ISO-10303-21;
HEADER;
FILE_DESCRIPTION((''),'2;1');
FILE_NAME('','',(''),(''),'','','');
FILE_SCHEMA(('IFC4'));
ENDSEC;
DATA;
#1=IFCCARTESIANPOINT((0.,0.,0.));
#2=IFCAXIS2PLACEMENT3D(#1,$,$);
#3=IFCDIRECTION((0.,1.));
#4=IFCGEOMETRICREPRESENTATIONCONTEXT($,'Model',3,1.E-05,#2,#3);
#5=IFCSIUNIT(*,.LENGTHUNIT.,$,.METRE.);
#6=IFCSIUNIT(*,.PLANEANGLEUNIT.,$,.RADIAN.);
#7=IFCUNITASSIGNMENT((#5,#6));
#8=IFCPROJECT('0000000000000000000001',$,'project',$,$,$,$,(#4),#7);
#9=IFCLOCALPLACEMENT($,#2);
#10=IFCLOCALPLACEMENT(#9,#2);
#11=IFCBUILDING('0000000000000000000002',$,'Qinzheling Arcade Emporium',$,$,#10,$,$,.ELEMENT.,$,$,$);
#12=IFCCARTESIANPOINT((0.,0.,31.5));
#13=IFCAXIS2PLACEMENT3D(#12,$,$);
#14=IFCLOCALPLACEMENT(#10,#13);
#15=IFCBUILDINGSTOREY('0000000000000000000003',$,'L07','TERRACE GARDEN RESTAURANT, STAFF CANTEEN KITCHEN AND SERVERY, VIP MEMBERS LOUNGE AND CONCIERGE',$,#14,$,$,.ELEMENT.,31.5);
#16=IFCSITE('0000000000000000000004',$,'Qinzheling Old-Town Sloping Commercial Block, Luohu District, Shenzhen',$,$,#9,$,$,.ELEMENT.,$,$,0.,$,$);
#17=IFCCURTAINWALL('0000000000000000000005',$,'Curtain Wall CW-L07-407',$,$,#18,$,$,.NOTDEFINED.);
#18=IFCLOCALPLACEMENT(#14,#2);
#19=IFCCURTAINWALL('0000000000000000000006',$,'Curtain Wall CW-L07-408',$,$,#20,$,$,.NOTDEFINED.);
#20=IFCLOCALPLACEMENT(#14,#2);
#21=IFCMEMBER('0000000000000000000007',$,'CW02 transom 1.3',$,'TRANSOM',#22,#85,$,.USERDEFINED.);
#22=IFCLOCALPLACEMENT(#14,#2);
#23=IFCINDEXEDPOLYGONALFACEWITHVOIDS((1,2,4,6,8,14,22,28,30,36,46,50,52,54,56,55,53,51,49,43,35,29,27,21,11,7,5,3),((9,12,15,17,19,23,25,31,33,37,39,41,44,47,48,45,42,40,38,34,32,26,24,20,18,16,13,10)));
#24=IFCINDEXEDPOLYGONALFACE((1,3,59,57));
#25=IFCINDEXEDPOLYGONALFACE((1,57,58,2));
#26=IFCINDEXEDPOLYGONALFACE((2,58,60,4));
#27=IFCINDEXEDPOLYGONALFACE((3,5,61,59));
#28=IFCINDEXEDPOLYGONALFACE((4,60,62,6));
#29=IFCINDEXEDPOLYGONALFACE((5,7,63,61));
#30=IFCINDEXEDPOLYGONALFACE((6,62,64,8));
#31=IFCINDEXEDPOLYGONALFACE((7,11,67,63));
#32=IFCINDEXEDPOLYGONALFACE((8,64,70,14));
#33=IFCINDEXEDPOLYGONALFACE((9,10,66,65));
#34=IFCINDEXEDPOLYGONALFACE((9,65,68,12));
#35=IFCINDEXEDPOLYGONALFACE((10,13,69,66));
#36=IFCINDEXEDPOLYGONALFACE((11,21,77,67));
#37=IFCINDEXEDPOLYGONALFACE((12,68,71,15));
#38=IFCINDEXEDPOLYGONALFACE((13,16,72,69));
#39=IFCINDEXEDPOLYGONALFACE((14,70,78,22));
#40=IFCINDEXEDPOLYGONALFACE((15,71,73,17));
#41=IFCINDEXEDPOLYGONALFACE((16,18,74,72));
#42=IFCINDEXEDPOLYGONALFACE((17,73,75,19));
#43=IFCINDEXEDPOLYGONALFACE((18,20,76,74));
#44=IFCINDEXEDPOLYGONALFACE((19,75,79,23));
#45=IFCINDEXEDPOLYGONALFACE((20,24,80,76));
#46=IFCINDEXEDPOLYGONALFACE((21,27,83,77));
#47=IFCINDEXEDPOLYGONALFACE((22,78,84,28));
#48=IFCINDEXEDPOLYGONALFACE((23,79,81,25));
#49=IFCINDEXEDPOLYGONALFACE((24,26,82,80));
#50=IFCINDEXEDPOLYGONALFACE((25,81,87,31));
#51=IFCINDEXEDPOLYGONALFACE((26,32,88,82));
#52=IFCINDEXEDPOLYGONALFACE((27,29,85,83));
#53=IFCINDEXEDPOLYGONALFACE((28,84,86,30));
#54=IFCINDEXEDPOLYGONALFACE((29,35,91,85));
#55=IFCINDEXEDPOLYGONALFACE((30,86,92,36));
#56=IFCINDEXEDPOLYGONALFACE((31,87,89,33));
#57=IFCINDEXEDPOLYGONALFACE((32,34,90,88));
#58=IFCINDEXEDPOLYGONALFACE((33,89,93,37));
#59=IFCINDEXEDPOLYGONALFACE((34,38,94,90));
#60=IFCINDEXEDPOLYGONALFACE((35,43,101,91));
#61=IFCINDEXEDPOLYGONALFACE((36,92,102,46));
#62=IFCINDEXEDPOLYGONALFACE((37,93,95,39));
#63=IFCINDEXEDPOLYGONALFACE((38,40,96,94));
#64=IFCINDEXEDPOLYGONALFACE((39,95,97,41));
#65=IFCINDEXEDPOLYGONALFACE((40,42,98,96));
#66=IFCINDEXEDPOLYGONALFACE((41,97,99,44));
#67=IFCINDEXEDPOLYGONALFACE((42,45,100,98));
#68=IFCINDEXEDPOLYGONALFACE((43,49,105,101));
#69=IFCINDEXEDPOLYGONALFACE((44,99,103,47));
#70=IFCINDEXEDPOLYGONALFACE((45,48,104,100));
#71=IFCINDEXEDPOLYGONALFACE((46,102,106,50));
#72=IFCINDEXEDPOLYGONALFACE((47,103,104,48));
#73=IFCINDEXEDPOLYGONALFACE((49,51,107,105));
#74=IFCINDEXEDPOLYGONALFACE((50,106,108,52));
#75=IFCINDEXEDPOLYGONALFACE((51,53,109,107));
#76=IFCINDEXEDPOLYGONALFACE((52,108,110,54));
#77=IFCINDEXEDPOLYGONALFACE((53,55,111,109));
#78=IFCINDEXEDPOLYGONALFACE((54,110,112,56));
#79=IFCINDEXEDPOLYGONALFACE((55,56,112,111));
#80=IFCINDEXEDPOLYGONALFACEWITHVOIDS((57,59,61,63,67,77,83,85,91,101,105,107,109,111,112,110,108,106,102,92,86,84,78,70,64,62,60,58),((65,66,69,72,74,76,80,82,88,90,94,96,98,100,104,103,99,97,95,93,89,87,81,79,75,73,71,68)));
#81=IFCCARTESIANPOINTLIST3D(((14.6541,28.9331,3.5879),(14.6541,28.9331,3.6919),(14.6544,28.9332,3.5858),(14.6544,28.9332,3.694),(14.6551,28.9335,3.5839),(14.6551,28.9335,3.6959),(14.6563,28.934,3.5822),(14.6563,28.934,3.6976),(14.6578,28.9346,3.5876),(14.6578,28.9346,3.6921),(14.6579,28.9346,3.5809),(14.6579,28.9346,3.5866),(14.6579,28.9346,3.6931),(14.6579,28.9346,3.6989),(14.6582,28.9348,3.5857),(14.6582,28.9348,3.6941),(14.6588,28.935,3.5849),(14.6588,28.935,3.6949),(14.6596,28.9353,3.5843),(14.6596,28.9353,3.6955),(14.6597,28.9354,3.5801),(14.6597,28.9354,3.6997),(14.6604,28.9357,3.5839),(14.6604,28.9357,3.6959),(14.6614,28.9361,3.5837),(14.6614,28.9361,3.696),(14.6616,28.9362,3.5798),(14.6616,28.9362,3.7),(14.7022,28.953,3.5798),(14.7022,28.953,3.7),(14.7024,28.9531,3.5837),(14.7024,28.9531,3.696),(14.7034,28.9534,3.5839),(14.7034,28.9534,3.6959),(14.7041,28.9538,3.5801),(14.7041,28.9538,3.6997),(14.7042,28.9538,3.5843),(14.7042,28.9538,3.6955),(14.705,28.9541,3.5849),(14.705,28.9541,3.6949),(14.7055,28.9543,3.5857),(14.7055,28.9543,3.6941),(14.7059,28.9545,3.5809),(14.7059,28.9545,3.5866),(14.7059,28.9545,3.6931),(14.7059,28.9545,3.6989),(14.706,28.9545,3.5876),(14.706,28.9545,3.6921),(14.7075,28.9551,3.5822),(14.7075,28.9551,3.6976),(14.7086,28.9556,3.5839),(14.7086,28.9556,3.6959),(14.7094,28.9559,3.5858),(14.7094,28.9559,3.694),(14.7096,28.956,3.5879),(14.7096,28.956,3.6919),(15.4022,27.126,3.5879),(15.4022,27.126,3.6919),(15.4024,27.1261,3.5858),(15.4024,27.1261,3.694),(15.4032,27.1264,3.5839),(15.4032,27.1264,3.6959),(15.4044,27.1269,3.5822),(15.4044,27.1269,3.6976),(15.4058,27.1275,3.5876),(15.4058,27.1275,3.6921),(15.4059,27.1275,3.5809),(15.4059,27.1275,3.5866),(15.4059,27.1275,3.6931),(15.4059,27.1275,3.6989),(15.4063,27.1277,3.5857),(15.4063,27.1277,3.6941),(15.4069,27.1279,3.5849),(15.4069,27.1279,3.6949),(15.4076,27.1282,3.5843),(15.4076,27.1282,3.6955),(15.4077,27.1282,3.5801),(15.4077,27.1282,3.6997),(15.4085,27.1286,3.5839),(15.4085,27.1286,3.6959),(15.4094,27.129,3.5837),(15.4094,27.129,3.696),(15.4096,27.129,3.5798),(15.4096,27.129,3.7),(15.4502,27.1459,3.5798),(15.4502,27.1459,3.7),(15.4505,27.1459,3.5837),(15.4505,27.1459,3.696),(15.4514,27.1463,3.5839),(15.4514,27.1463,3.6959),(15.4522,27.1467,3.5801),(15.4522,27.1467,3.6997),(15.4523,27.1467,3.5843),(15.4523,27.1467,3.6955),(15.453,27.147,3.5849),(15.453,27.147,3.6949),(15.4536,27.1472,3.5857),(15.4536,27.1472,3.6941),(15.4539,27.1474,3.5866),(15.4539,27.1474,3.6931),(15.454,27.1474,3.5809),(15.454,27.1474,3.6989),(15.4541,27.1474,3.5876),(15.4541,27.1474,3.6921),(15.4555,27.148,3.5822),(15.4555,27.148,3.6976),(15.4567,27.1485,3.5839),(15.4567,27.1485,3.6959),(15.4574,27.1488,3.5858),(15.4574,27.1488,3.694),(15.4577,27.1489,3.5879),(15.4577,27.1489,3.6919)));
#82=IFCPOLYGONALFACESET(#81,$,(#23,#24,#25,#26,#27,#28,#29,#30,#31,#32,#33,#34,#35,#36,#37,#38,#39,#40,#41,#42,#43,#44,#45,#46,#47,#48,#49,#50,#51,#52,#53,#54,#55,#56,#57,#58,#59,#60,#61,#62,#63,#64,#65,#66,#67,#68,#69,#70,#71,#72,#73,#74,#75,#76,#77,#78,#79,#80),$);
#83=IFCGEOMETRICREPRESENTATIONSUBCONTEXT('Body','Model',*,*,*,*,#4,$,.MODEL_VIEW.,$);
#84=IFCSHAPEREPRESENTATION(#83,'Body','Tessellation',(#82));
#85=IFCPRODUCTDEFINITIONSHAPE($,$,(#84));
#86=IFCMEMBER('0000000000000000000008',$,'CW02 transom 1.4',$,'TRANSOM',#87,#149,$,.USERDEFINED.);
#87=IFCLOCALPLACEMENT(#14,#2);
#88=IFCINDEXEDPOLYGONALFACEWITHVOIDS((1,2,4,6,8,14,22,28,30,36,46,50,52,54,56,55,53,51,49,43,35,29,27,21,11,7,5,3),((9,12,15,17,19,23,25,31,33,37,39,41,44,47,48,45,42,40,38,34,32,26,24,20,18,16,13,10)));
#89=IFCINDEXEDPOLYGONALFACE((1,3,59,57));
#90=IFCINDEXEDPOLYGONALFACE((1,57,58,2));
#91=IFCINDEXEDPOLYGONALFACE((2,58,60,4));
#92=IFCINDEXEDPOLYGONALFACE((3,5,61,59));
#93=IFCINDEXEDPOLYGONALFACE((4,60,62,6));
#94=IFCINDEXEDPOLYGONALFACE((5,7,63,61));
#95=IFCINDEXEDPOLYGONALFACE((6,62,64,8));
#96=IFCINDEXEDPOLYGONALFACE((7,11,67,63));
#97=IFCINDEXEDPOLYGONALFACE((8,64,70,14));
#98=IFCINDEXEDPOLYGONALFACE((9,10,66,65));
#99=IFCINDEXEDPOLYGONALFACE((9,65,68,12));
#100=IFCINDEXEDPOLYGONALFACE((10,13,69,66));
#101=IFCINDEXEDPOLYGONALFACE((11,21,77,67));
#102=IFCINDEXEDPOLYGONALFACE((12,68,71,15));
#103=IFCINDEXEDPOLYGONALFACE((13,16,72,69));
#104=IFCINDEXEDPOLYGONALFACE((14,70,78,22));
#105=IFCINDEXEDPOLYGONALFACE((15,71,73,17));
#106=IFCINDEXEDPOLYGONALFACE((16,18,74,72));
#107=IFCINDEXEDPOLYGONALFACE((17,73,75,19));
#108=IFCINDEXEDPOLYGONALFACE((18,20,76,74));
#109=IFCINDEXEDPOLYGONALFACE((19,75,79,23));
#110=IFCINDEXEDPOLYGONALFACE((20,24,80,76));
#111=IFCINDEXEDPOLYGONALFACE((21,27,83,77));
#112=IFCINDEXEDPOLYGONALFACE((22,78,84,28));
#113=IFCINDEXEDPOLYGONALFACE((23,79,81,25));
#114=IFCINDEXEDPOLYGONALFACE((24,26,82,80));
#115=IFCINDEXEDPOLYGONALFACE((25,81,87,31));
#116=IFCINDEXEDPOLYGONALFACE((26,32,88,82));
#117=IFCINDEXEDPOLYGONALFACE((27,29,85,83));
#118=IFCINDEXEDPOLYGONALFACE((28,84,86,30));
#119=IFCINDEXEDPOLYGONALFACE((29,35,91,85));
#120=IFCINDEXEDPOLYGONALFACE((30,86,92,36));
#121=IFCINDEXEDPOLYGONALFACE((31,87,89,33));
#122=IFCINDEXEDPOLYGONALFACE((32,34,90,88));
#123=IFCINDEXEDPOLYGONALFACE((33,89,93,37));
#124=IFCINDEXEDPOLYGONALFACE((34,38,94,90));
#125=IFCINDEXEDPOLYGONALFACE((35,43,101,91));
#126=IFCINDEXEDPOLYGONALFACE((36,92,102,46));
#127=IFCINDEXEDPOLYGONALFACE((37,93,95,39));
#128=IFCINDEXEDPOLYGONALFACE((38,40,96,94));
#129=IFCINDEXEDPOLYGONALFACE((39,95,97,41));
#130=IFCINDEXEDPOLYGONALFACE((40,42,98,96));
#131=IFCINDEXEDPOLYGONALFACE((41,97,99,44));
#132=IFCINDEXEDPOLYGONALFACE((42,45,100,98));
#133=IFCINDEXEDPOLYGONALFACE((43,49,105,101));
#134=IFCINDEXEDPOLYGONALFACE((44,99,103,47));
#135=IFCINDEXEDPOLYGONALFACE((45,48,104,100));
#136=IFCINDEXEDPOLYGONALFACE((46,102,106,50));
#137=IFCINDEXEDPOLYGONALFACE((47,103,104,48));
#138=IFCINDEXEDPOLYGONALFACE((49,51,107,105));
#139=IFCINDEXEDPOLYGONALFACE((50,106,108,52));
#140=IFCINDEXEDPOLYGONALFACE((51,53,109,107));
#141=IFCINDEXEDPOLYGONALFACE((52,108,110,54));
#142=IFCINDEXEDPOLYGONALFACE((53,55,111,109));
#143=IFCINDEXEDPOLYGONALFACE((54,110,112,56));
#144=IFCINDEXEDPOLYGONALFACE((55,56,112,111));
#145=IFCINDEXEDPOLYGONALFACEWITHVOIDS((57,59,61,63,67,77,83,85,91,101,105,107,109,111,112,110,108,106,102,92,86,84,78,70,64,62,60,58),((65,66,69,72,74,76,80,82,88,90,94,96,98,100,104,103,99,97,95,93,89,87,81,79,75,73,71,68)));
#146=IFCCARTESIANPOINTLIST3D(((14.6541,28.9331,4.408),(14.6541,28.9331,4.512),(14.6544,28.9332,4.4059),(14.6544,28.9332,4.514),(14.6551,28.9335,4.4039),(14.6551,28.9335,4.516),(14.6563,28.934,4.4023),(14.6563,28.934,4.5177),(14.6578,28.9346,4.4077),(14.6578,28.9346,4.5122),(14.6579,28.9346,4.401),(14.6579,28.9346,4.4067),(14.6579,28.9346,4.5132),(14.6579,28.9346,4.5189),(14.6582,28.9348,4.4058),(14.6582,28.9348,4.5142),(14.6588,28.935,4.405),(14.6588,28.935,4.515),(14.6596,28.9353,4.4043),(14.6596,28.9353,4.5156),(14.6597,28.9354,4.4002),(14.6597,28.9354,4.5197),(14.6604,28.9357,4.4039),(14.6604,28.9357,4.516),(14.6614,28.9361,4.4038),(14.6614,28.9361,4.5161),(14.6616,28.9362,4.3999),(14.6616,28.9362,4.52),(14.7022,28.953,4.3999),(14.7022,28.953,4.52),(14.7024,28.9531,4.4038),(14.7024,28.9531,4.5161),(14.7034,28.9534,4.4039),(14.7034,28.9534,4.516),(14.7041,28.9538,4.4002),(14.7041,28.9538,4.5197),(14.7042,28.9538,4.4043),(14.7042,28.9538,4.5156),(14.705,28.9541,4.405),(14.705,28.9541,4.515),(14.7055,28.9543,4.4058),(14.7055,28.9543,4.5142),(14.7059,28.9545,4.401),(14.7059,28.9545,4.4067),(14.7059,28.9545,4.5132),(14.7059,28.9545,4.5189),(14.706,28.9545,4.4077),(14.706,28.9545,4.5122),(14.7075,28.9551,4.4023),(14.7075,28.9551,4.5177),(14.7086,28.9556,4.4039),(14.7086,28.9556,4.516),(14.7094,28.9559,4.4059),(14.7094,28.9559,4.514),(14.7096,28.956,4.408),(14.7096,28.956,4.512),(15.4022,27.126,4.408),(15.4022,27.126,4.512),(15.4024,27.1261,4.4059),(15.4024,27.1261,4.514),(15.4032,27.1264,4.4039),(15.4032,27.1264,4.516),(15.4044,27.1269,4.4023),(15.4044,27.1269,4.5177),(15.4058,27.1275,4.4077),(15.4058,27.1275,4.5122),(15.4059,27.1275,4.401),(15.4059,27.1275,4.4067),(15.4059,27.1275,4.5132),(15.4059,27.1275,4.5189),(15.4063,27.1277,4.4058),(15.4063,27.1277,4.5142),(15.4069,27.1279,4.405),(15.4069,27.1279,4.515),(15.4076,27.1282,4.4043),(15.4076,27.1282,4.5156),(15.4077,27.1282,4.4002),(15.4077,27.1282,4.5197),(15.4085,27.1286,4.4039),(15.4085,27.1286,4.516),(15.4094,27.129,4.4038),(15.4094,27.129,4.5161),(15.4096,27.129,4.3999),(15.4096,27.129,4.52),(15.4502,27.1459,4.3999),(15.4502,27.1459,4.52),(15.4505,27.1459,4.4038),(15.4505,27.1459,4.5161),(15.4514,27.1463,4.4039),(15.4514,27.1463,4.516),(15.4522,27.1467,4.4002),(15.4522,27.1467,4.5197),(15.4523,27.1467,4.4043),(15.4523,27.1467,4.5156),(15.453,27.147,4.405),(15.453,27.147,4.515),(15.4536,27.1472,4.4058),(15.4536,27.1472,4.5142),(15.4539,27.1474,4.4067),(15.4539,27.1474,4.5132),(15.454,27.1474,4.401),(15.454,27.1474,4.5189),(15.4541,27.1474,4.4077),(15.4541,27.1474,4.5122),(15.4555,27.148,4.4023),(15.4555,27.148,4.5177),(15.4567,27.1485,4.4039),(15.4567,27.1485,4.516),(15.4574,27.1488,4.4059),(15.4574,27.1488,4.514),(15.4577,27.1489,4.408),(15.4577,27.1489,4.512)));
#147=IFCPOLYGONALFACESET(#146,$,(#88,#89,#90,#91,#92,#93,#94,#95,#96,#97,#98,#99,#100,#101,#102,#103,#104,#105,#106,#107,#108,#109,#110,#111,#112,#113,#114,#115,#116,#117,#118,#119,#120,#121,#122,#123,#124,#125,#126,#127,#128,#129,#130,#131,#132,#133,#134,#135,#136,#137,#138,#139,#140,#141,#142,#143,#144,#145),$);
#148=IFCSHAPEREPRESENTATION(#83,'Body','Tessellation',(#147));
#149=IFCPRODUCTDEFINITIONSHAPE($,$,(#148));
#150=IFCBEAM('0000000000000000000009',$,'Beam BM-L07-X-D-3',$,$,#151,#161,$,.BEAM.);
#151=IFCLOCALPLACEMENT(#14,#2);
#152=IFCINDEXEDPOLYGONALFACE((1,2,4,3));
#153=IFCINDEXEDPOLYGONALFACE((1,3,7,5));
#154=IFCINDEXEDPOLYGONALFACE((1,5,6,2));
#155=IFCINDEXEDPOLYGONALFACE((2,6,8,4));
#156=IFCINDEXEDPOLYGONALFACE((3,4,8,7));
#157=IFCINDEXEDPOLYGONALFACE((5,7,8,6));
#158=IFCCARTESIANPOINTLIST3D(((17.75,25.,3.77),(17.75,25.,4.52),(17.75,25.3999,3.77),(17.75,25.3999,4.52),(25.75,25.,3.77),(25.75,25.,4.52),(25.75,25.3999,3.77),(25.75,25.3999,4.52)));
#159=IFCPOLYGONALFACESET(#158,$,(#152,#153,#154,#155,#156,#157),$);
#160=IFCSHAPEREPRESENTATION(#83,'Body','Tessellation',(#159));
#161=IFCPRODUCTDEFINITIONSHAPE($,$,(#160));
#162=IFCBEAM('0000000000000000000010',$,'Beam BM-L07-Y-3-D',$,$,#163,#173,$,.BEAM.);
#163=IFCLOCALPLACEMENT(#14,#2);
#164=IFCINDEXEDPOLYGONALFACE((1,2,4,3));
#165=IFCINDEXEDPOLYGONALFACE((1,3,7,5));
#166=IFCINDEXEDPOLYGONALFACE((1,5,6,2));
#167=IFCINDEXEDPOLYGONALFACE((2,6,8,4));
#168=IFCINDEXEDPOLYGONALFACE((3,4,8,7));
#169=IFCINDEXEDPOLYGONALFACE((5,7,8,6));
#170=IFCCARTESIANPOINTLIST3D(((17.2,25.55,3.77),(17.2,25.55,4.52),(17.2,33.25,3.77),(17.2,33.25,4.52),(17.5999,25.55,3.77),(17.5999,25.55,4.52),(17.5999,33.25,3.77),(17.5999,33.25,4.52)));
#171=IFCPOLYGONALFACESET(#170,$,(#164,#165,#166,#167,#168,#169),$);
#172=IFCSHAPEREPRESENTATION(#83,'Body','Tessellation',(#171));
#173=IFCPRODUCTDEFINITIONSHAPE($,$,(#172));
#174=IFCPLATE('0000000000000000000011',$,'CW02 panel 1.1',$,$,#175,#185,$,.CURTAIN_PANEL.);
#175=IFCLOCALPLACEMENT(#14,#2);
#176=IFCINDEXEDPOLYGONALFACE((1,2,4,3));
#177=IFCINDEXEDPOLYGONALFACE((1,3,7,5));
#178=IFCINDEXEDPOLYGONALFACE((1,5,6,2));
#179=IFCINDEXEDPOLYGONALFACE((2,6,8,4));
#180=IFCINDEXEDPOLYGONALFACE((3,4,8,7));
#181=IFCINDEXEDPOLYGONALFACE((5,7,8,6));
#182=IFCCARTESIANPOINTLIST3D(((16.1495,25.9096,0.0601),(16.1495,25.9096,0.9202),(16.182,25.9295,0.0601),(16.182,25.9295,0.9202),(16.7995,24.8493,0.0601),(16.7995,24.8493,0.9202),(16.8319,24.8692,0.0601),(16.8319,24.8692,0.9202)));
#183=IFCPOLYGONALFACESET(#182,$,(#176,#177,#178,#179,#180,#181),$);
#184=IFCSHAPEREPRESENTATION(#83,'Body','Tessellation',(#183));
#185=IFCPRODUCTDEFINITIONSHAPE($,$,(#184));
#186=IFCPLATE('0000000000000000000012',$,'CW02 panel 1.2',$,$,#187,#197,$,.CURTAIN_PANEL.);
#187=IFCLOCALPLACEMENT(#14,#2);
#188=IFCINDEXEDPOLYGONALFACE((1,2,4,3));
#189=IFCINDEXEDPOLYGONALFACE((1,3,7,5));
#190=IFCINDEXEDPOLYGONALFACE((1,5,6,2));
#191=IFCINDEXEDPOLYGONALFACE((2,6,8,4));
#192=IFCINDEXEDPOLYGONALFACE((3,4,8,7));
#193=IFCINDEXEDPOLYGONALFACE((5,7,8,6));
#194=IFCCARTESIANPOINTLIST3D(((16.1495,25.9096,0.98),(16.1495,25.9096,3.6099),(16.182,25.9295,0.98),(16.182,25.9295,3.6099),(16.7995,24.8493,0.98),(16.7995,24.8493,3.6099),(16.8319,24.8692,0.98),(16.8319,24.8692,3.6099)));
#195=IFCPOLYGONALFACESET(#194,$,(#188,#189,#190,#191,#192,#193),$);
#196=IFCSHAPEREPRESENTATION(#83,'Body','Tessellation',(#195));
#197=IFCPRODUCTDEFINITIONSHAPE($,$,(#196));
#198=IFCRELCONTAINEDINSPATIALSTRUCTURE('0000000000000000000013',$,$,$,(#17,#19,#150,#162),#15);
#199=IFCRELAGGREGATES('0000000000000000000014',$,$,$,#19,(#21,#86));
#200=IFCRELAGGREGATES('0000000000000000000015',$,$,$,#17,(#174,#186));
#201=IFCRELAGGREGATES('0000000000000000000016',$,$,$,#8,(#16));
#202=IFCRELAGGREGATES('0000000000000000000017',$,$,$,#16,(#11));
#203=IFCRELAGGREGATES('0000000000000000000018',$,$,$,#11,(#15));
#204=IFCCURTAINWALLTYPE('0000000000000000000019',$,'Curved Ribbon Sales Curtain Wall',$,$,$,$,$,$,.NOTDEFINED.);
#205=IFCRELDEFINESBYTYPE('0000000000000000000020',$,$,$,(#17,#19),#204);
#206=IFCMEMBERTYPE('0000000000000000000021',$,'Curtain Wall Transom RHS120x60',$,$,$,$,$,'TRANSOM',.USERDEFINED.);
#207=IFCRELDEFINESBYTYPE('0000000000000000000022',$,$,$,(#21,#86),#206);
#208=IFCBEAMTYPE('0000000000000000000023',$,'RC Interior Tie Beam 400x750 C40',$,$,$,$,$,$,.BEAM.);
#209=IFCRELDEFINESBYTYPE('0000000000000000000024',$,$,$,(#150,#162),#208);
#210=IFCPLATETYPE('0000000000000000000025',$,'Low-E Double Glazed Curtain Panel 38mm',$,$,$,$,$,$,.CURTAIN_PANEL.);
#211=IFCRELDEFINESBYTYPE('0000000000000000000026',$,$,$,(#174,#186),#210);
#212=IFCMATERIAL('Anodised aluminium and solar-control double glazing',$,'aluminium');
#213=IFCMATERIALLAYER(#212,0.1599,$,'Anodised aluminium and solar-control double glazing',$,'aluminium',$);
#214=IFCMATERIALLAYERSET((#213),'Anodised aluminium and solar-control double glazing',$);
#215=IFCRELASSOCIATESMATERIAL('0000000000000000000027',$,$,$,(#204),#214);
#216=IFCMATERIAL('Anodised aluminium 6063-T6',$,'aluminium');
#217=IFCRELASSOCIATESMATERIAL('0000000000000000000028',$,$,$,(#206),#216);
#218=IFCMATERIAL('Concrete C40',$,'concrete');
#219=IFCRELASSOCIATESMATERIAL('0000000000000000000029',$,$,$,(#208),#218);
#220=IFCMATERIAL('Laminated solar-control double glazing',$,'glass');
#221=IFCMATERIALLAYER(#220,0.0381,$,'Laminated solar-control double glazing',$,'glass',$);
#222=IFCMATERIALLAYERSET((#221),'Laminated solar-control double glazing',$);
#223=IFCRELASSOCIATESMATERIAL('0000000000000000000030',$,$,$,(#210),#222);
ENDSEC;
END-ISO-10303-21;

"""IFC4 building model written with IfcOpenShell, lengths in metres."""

from ifc_helpers import new_model, si_unit, direction, frame, origin, origin_2d, place, context, subcontext, project, spatial, rectangle, hollow_rectangle, extrude, material, layer, layer_set, material_profile, profile_set, type_object, element, aggregate, save


model = new_model("IFC4")

# Units and contexts
model_context = context("Model", 3, precision=1e-05, world=origin(), true_north=direction((0.0, 1.0)))
body_context = subcontext(model_context, "Body", "Model", "MODEL_VIEW")
ifc_project = project(units=[si_unit("LENGTHUNIT", "METRE"), si_unit("PLANEANGLEUNIT", "RADIAN")], contexts=[model_context])

# Site, building, storey
site_placement = place(None, origin())
site = spatial("IfcSite", under=ifc_project, at=site_placement, Name="Qinzheling Old-Town Sloping Commercial Block, Luohu District, Shenzhen", CompositionType="ELEMENT", RefElevation=0.0)
building_placement = place(site_placement, origin())
building = spatial("IfcBuilding", under=site, at=building_placement, Name="Qinzheling Arcade Emporium", CompositionType="ELEMENT")
storey_placement = place(building_placement, frame((0.0, 0.0, 31.5)))
storey = spatial("IfcBuildingStorey", under=building, at=storey_placement, Name="L07", Description="TERRACE GARDEN RESTAURANT, STAFF CANTEEN KITCHEN AND SERVERY, VIP MEMBERS LOUNGE AND CONCIERGE", CompositionType="ELEMENT", Elevation=31.5)

# Shared definitions
ifc_material_1 = material(Name="Concrete C40", Category="concrete")

# Curtain wall
ifc_material_2 = material(Name="Anodised aluminium and solar-control double glazing", Category="aluminium")
ifc_layer_1 = layer(ifc_material_2, 0.1599, Name="Anodised aluminium and solar-control double glazing", Category="aluminium")
ifc_layer_set_1 = layer_set([ifc_layer_1], Name="Anodised aluminium and solar-control double glazing")
curtain_wall_type = type_object("IfcCurtainWallType", Name="Curved Ribbon Sales Curtain Wall", PredefinedType="NOTDEFINED", material=ifc_layer_set_1)
curtain_wall_1_placement = place(storey_placement, origin())
curtain_wall_1 = element("IfcCurtainWall", 1, at=curtain_wall_1_placement, inside=storey, type_object=curtain_wall_type, Name="Curtain Wall CW-L07-407", PredefinedType="NOTDEFINED")
ifc_material_3 = material(Name="Anodised aluminium 6063-T6", Category="aluminium")

# Curtain wall
curtain_wall_2_placement = place(storey_placement, origin())
curtain_wall_2 = element("IfcCurtainWall", 2, at=curtain_wall_2_placement, inside=storey, type_object=curtain_wall_type, Name="Curtain Wall CW-L07-408", PredefinedType="NOTDEFINED")

# Members
ifc_material_profile_1 = material_profile(ifc_material_3, hollow_rectangle(XDim=0.0601, YDim=0.1201, WallThickness=0.0039, InnerFilletRadius=0.0039, OuterFilletRadius=0.0081, at=origin_2d()), Name="RHS 120x60x4", Category="aluminium")
ifc_profile_set_1 = profile_set([ifc_material_profile_1], Name="Anodised aluminium 6063-T6")
member_type_1 = type_object("IfcMemberType", Name="Curtain Wall Transom RHS120x60", ElementType="TRANSOM", PredefinedType="USERDEFINED", material=ifc_profile_set_1)
member_1_placement = place(storey_placement, frame((15.4299, 27.1375, 3.6399), z_axis=(-0.382469, 0.923968, 0.0), x_axis=(-0.923968, -0.382469, 0.0)))
member_1 = element("IfcMember", 3, at=member_1_placement, type_object=member_type_1, Name="CW02 transom 1.3", ObjectType="TRANSOM", PredefinedType="USERDEFINED", context=body_context, shape_type="SweptSolid", body=[
    extrude(hollow_rectangle(XDim=0.0601, YDim=0.1201, WallThickness=0.0039, InnerFilletRadius=0.0039, OuterFilletRadius=0.0081, at=origin_2d()), origin(), (0.0, 0.0, 1.0), 1.9558),
])
member_2_placement = place(storey_placement, frame((15.4299, 27.1375, 4.46), z_axis=(-0.382469, 0.923968, 0.0), x_axis=(-0.923968, -0.382469, 0.0)))
member_2 = element("IfcMember", 4, at=member_2_placement, type_object=member_type_1, Name="CW02 transom 1.4", ObjectType="TRANSOM", PredefinedType="USERDEFINED", context=body_context, shape_type="SweptSolid", body=[
    extrude(hollow_rectangle(XDim=0.0601, YDim=0.1201, WallThickness=0.0039, InnerFilletRadius=0.0039, OuterFilletRadius=0.0081, at=origin_2d()), origin(), (0.0, 0.0, 1.0), 1.9558),
])
aggregate(curtain_wall_2, [member_1, member_2])

# Beams
ifc_material_profile_2 = material_profile(ifc_material_1, rectangle(XDim=0.3999, YDim=0.75, at=origin_2d()), Name="RC 400x750", Category="concrete")
ifc_profile_set_2 = profile_set([ifc_material_profile_2], Name="Concrete C40")
beam_type = type_object("IfcBeamType", Name="RC Interior Tie Beam 400x750 C40", PredefinedType="BEAM", material=ifc_profile_set_2)
beam_1_placement = place(storey_placement, frame((17.75, 25.2, 4.145), z_axis=(1.0, 0.0, 0.0), x_axis=(0.0, 1.0, 0.0)))
element("IfcBeam", 5, at=beam_1_placement, inside=storey, type_object=beam_type, Name="Beam BM-L07-X-D-3", PredefinedType="BEAM", context=body_context, shape_type="SweptSolid", body=[
    extrude(rectangle(XDim=0.3999, YDim=0.75, at=origin_2d()), origin(), (0.0, 0.0, 1.0), 8.0),
])
beam_2_placement = place(storey_placement, frame((17.3999, 25.55, 4.145), z_axis=(0.0, 1.0, 0.0), x_axis=(-1.0, 0.0, 0.0)))
element("IfcBeam", 6, at=beam_2_placement, inside=storey, type_object=beam_type, Name="Beam BM-L07-Y-3-D", PredefinedType="BEAM", context=body_context, shape_type="SweptSolid", body=[
    extrude(rectangle(XDim=0.3999, YDim=0.75, at=origin_2d()), origin(), (0.0, 0.0, 1.0), 7.7),
])

# Plates
ifc_material_4 = material(Name="Laminated solar-control double glazing", Category="glass")
ifc_layer_2 = layer(ifc_material_4, 0.0381, Name="Laminated solar-control double glazing", Category="glass")
ifc_layer_set_2 = layer_set([ifc_layer_2], Name="Laminated solar-control double glazing")
plate_type = type_object("IfcPlateType", Name="Low-E Double Glazed Curtain Panel 38mm", PredefinedType="CURTAIN_PANEL", material=ifc_layer_set_2)
plate_1_placement = place(storey_placement, frame((16.4907, 25.3894, 0.0601), z_axis=(0.0, 0.0, 1.0), x_axis=(-0.522632, 0.852558, 0.0)))
plate_1 = element("IfcPlate", 7, at=plate_1_placement, type_object=plate_type, Name="CW02 panel 1.1", PredefinedType="CURTAIN_PANEL", context=body_context, shape_type="SweptSolid", body=[
    extrude(rectangle(XDim=1.2437, YDim=0.0381, at=origin_2d()), origin(), (0.0, 0.0, 1.0), 0.8601),
])
plate_2_placement = place(storey_placement, frame((16.4907, 25.3894, 0.98), z_axis=(0.0, 0.0, 1.0), x_axis=(-0.522632, 0.852558, 0.0)))
plate_2 = element("IfcPlate", 8, at=plate_2_placement, type_object=plate_type, Name="CW02 panel 1.2", PredefinedType="CURTAIN_PANEL", context=body_context, shape_type="SweptSolid", body=[
    extrude(rectangle(XDim=1.2437, YDim=0.0381, at=origin_2d()), origin(), (0.0, 0.0, 1.0), 2.6299),
])
aggregate(curtain_wall_1, [plate_1, plate_2])

save(model, "model.ifc")
